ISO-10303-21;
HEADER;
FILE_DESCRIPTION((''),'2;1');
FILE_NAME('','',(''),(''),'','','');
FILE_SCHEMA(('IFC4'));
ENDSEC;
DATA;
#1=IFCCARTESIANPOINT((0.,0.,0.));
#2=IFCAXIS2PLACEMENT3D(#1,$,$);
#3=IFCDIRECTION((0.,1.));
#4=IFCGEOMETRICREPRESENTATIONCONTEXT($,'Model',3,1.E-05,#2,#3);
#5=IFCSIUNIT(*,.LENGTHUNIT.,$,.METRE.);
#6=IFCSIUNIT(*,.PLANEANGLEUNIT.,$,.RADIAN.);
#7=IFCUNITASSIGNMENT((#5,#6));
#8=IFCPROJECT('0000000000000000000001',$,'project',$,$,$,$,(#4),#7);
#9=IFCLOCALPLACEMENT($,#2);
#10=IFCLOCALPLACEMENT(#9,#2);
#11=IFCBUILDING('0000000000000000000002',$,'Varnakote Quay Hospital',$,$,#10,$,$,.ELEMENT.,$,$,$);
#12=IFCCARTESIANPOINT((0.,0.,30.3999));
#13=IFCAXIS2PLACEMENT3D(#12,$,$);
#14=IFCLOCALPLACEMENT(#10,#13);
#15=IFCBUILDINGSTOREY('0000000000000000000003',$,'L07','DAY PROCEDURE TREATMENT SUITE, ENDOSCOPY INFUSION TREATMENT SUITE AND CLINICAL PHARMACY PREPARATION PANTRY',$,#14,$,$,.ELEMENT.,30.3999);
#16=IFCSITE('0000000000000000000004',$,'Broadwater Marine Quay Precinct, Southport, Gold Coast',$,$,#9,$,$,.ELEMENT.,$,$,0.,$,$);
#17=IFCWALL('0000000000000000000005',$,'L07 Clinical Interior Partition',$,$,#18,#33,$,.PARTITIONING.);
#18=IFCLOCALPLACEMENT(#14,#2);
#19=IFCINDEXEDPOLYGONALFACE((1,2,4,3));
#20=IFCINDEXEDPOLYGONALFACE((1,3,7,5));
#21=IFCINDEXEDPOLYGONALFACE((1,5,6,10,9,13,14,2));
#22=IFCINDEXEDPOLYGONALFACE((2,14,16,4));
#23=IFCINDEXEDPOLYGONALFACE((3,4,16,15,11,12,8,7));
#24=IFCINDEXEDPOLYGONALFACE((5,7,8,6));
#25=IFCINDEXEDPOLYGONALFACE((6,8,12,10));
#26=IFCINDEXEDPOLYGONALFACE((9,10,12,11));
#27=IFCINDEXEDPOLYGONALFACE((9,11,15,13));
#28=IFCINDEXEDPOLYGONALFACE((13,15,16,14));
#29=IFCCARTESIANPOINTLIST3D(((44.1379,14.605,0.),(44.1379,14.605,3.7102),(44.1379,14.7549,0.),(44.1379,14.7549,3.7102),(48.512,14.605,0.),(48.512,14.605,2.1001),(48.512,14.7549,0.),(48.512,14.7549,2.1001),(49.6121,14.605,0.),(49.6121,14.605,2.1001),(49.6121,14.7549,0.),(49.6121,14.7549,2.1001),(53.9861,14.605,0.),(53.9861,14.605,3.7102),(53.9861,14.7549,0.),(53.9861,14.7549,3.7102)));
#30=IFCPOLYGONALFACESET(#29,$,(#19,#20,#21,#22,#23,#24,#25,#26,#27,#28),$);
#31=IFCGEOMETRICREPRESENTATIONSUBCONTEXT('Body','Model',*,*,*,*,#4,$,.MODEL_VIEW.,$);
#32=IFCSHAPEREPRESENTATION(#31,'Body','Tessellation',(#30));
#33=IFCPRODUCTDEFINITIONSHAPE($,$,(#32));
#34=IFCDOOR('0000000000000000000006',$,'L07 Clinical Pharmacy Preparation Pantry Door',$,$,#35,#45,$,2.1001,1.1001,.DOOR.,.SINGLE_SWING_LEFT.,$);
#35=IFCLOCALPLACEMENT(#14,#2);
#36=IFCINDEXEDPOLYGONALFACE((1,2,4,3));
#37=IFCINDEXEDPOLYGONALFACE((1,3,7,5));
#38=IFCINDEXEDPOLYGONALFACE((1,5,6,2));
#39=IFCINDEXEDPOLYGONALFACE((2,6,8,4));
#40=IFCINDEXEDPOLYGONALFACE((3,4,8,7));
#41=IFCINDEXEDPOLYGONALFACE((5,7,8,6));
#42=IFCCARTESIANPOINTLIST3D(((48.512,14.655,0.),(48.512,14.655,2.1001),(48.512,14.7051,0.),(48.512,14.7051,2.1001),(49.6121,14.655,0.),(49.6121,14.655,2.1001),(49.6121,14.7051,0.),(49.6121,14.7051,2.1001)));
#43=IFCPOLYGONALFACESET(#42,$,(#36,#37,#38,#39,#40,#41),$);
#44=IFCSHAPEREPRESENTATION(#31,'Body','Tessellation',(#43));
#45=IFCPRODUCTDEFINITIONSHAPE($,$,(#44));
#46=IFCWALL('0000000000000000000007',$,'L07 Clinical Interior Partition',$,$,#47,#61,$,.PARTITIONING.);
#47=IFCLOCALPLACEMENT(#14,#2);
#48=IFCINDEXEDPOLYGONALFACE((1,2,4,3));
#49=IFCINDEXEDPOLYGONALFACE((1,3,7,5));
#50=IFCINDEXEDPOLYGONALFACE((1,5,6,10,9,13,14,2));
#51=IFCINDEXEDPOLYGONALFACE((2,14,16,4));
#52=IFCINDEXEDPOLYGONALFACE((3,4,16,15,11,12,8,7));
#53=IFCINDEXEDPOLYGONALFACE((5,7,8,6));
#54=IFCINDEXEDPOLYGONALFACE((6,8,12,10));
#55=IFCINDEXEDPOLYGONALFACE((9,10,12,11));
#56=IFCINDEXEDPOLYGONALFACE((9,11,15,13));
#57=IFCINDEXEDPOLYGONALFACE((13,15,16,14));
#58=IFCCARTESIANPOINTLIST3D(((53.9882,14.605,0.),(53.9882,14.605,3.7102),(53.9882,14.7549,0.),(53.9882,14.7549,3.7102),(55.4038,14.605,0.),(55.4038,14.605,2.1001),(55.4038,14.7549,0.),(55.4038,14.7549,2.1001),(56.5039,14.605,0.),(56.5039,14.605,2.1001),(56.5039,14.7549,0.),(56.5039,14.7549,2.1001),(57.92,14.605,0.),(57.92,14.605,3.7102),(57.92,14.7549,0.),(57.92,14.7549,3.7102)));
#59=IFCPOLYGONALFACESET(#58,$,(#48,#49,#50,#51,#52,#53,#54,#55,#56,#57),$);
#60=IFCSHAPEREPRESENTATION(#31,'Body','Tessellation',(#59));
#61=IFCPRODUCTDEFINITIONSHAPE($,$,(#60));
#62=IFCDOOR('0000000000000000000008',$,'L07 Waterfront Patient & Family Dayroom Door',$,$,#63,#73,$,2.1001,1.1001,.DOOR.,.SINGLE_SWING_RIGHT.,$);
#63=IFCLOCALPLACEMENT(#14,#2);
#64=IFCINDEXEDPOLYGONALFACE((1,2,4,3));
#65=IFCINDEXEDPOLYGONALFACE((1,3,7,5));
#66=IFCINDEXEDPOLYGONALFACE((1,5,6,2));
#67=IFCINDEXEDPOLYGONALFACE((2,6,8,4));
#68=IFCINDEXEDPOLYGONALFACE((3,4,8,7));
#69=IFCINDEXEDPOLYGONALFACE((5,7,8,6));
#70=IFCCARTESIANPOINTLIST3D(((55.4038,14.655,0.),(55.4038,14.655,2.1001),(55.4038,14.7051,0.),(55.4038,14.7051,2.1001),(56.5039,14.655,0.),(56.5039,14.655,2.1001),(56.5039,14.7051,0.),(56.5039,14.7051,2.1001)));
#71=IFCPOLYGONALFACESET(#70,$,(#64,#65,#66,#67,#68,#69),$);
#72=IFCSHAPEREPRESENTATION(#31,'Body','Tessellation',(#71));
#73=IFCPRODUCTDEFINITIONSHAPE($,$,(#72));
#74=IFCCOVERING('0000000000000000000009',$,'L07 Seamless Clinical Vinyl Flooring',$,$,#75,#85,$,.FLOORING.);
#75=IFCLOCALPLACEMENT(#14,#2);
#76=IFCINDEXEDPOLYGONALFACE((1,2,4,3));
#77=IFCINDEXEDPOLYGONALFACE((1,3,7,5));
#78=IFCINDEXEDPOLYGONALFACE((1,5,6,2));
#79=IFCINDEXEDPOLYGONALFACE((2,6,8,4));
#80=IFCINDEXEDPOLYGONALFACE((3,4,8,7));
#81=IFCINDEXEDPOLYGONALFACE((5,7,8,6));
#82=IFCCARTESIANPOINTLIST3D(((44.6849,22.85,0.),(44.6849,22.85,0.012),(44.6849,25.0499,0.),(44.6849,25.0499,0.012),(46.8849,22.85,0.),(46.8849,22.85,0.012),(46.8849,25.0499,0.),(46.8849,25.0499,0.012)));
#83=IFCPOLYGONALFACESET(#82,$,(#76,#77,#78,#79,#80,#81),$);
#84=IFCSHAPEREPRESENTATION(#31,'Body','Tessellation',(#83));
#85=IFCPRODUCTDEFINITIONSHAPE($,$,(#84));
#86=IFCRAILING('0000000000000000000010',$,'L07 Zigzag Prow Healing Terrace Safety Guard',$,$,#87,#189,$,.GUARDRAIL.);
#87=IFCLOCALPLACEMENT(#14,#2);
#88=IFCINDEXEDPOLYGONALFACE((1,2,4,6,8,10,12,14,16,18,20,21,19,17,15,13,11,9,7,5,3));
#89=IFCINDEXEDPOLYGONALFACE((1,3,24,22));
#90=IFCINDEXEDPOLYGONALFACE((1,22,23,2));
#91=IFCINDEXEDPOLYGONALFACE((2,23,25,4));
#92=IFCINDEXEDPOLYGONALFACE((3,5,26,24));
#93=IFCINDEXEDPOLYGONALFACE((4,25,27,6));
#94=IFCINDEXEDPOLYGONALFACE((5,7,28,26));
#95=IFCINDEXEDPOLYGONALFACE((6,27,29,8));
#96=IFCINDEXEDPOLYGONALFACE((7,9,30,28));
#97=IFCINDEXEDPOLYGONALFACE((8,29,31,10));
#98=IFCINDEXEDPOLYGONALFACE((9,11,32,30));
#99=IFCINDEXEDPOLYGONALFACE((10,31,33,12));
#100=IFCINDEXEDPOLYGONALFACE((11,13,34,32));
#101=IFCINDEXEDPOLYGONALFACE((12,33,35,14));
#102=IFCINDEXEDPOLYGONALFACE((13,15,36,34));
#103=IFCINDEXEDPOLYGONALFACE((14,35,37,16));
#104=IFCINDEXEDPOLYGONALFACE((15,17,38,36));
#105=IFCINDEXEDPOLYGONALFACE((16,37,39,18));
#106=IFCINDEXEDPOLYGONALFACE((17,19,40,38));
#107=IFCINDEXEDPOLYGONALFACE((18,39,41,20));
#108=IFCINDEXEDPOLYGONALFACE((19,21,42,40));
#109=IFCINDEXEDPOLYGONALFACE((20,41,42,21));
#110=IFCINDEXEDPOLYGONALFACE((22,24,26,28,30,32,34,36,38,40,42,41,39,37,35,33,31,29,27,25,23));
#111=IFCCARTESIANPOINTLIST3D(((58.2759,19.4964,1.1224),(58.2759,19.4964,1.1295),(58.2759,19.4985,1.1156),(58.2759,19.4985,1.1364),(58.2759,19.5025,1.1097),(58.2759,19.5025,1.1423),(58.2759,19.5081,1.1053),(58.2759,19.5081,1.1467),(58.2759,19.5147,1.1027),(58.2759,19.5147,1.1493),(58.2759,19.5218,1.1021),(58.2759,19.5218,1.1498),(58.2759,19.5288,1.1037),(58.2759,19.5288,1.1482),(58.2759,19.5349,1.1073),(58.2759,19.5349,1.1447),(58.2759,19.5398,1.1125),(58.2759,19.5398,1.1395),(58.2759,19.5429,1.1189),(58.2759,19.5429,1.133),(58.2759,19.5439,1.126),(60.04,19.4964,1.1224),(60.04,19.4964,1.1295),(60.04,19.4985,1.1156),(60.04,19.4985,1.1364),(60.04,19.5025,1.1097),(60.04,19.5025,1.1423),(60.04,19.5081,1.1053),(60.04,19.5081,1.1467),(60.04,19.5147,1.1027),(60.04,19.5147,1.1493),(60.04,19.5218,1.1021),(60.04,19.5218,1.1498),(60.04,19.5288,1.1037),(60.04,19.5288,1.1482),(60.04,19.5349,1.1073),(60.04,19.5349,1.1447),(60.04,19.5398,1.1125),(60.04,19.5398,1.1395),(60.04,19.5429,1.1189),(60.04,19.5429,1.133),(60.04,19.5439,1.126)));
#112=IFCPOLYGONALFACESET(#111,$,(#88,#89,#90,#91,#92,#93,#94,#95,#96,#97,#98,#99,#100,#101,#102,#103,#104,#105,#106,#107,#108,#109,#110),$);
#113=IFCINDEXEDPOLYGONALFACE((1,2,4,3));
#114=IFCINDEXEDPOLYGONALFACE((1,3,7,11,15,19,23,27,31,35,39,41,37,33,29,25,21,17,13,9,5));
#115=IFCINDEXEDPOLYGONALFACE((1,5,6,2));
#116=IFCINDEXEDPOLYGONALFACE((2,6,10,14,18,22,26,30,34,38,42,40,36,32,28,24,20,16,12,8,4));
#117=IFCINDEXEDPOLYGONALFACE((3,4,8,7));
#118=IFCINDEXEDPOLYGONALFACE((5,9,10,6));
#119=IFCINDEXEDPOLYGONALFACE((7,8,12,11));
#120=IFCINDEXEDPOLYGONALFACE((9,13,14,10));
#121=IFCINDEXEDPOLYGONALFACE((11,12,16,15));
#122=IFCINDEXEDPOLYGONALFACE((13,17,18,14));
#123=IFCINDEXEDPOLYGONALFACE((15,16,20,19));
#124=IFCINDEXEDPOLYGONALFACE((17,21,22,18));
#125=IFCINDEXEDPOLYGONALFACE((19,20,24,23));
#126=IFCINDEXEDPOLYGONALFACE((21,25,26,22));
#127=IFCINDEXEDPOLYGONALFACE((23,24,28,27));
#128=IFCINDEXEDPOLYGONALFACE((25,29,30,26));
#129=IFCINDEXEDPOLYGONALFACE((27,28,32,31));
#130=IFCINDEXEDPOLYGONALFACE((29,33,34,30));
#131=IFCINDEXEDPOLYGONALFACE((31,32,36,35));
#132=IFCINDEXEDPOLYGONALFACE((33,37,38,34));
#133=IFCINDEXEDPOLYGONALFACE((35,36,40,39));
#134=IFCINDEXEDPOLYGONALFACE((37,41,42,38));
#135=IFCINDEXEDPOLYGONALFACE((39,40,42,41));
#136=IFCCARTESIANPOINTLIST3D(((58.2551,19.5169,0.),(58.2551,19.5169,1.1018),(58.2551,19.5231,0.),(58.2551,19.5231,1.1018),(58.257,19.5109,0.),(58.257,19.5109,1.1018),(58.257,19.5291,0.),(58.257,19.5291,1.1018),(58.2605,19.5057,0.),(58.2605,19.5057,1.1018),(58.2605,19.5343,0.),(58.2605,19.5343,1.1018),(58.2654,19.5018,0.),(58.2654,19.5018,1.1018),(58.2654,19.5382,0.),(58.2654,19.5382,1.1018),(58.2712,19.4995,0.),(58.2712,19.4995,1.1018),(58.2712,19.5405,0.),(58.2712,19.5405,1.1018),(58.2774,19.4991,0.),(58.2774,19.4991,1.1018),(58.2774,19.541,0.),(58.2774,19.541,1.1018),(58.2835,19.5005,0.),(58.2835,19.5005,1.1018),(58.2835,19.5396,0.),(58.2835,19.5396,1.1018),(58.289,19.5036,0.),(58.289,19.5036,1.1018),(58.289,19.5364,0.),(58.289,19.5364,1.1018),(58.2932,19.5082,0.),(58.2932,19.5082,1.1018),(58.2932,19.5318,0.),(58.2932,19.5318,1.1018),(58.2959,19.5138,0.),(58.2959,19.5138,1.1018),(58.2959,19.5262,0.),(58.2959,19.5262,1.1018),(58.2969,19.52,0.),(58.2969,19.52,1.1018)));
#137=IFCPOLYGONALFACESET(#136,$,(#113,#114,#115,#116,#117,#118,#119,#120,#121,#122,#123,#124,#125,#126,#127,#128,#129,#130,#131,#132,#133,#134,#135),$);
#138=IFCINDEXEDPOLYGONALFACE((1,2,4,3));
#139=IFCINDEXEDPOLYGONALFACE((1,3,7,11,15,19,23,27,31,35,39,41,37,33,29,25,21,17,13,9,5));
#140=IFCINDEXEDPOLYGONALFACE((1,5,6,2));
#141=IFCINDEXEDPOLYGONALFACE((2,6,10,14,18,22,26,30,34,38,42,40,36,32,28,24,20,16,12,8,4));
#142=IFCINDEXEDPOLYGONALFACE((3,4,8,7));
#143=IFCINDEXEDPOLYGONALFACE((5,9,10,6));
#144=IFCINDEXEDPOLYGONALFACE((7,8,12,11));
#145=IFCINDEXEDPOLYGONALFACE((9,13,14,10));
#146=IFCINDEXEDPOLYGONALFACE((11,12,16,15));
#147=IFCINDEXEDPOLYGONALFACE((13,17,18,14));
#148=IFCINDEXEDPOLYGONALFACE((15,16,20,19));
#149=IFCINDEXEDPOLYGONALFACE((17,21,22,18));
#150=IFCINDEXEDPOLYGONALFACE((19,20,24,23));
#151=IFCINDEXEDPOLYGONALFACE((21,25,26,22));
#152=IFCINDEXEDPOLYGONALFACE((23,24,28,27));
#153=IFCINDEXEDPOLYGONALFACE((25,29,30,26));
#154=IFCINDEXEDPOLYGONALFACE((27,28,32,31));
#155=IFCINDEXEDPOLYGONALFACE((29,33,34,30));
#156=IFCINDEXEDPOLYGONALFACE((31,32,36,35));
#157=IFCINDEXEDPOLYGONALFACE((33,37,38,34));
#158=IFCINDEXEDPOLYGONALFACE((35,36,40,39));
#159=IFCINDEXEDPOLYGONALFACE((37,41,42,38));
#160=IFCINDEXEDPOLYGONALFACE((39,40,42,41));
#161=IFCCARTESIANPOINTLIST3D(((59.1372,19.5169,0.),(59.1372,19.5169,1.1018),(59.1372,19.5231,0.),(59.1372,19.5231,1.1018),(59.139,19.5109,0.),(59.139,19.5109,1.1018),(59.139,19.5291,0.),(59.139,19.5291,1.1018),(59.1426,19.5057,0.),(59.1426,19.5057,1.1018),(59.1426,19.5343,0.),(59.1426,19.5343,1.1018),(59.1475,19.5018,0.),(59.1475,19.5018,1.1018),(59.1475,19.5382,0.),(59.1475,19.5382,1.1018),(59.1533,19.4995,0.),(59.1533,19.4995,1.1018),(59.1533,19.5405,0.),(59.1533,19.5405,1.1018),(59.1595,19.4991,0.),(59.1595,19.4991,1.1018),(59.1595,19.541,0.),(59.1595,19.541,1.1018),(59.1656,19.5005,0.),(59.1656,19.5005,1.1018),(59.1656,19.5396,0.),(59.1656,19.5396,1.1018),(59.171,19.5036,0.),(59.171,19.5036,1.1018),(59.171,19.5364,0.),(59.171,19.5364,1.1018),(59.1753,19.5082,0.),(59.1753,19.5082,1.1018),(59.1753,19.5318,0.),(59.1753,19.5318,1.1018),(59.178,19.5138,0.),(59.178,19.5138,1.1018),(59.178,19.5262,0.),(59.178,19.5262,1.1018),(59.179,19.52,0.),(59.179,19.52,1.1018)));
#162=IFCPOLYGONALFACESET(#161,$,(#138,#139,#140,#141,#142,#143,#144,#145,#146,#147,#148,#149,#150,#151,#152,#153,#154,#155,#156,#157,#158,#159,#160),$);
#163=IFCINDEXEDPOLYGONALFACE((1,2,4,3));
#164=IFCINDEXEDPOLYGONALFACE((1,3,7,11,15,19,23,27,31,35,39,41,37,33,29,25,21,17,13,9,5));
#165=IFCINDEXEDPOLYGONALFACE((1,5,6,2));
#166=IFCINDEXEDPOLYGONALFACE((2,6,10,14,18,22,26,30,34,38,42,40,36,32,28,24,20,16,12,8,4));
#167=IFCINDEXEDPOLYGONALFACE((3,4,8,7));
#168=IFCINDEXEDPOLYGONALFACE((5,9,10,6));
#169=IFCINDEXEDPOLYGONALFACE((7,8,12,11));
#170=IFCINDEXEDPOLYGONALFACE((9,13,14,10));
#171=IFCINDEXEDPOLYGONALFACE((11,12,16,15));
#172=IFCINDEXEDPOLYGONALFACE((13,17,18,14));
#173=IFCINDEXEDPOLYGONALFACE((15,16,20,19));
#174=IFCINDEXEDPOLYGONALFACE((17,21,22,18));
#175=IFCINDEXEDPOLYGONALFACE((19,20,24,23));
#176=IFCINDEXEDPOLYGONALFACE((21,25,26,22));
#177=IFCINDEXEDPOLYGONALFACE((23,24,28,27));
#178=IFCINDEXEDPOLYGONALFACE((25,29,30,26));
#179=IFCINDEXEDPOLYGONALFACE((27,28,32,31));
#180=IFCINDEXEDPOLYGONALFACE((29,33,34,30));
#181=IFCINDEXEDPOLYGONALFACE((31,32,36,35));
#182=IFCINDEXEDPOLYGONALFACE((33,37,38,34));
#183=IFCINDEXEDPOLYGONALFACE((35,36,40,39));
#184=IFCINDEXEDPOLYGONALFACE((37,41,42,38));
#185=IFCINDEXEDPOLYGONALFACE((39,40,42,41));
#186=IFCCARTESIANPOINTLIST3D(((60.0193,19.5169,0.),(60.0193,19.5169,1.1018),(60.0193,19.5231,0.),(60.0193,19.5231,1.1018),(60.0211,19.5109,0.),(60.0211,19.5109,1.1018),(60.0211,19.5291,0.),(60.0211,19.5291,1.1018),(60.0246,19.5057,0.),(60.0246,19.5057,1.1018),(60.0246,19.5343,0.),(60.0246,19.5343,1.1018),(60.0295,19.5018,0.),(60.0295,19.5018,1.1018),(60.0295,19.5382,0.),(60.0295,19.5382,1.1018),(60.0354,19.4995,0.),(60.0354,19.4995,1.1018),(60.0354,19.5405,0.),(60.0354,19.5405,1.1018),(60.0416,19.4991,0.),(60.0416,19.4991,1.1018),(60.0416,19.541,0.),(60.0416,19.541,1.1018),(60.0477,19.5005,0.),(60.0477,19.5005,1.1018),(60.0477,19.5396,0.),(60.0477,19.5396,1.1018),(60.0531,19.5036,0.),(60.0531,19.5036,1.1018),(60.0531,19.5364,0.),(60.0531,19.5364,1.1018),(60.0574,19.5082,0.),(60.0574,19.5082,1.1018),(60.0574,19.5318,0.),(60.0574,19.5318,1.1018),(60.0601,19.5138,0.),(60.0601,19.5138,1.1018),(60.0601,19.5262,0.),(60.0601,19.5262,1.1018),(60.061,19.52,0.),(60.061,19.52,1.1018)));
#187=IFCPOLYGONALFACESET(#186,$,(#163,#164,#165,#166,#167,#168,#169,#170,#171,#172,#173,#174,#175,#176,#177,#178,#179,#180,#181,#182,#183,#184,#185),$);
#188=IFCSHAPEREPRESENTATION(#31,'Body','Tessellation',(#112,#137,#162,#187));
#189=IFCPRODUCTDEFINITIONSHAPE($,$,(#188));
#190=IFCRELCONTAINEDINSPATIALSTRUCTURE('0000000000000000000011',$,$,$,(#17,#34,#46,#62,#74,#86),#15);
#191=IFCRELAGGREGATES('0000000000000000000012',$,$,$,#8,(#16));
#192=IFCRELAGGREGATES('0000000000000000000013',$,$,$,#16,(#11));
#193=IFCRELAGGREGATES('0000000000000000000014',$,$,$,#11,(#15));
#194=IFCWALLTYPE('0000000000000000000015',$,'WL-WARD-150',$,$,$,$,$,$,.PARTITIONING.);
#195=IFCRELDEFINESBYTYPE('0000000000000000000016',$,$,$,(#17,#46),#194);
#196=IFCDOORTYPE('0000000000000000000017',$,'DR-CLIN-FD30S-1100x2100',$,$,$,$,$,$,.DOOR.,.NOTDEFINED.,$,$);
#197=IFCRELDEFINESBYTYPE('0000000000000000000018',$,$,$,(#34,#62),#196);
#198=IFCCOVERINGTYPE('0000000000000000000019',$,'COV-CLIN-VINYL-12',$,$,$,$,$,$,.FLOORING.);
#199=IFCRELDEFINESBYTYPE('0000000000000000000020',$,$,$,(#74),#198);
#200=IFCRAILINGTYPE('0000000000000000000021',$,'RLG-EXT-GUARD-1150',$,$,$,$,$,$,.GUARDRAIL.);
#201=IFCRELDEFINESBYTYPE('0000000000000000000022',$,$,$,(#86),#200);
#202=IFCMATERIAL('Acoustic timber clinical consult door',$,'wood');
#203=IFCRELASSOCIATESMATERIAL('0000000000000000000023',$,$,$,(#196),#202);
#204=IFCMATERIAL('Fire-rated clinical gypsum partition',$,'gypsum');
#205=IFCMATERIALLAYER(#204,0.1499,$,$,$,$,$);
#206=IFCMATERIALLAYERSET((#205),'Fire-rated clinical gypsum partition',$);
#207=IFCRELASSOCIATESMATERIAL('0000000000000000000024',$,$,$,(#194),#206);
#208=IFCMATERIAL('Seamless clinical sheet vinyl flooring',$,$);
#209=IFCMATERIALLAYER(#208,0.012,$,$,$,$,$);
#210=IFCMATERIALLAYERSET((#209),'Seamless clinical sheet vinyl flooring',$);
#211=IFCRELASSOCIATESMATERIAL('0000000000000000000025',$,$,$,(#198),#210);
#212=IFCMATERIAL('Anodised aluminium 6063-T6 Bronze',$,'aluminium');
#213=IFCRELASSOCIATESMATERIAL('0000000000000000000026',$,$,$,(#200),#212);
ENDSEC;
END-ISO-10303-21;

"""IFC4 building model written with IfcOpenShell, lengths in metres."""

from ifc_helpers import new_model, si_unit, direction, frame, frame_2d, origin, origin_2d, place, context, subcontext, project, spatial, rectangle, circle, extrude, material, layer, layer_set, type_object, element, fill, save


model = new_model("IFC4")

# Units and contexts
model_context = context("Model", 3, precision=1e-05, world=origin(), true_north=direction((0.0, 1.0)))
body_context = subcontext(model_context, "Body", "Model", "MODEL_VIEW")
ifc_project = project(units=[si_unit("LENGTHUNIT", "METRE"), si_unit("PLANEANGLEUNIT", "RADIAN")], contexts=[model_context])

# Site, building, storey
site_placement = place(None, origin())
site = spatial("IfcSite", under=ifc_project, at=site_placement, Name="Broadwater Marine Quay Precinct, Southport, Gold Coast", CompositionType="ELEMENT", RefElevation=0.0)
building_placement = place(site_placement, origin())
building = spatial("IfcBuilding", under=site, at=building_placement, Name="Varnakote Quay Hospital", CompositionType="ELEMENT")
storey_placement = place(building_placement, frame((0.0, 0.0, 30.3999)))
storey = spatial("IfcBuildingStorey", under=building, at=storey_placement, Name="L07", Description="DAY PROCEDURE TREATMENT SUITE, ENDOSCOPY INFUSION TREATMENT SUITE AND CLINICAL PHARMACY PREPARATION PANTRY", CompositionType="ELEMENT", Elevation=30.3999)

# Shared definitions
ifc_material_1 = material(Name="Acoustic timber clinical consult door", Category="wood")
door_type_1 = type_object("IfcDoorType", Name="DR-CLIN-FD30S-1100x2100", OperationType="NOTDEFINED", PredefinedType="DOOR", material=ifc_material_1)

# Walls, openings, doors
ifc_material_2 = material(Name="Fire-rated clinical gypsum partition", Category="gypsum")
ifc_layer_1 = layer(ifc_material_2, 0.1499)
ifc_layer_set_1 = layer_set([ifc_layer_1], Name="Fire-rated clinical gypsum partition")
wall_type_1 = type_object("IfcWallType", Name="WL-WARD-150", PredefinedType="PARTITIONING", material=ifc_layer_set_1)
wall_1_placement = place(storey_placement, frame((53.9861, 14.6799, 0.0), z_axis=(0.0, 0.0, 1.0), x_axis=(-1.0, 0.0, 0.0)))
wall_1 = element("IfcWall", 1, at=wall_1_placement, inside=storey, type_object=wall_type_1, Name="L07 Clinical Interior Partition", PredefinedType="PARTITIONING", context=body_context, shape_type="SweptSolid", body=[
    extrude(rectangle(XDim=9.8481, YDim=0.1499, at=frame_2d((4.9241, 0.0))), origin(), (0.0, 0.0, 1.0), 3.7102),
])
opening_1_placement = place(wall_1_placement, frame((4.374, 0.0, 0.0)))
opening_1 = element("IfcOpeningElement", 2, at=opening_1_placement, cuts=wall_1, PredefinedType="OPENING", context=body_context, shape_type="SweptSolid", body=[
    extrude(rectangle(XDim=1.1001, YDim=2.1001, at=frame_2d((0.55, 1.05))), frame((0.0, 0.085, 0.0), z_axis=(0.0, -1.0, 0.0), x_axis=(1.0, 0.0, 0.0)), (0.0, 0.0, 1.0), 0.1699),
])
door_1_placement = place(opening_1_placement, origin())
door_1 = element("IfcDoor", 3, at=door_1_placement, inside=storey, type_object=door_type_1, Name="L07 Clinical Pharmacy Preparation Pantry Door", OperationType="SINGLE_SWING_LEFT", OverallHeight=2.1001, OverallWidth=1.1001, PredefinedType="DOOR", context=body_context, shape_type="SweptSolid", body=[
    extrude(rectangle(XDim=1.1001, YDim=2.1001, at=frame_2d((0.55, 1.05))), frame((0.0, 0.0249, 0.0), z_axis=(0.0, -1.0, 0.0), x_axis=(1.0, 0.0, 0.0)), (0.0, 0.0, 1.0), 0.05),
])
fill(opening_1, door_1)
wall_2_placement = place(storey_placement, frame((57.9199, 14.6799, 0.0), z_axis=(0.0, 0.0, 1.0), x_axis=(-1.0, 0.0, 0.0)))
wall_2 = element("IfcWall", 4, at=wall_2_placement, inside=storey, type_object=wall_type_1, Name="L07 Clinical Interior Partition", PredefinedType="PARTITIONING", context=body_context, shape_type="SweptSolid", body=[
    extrude(rectangle(XDim=3.9319, YDim=0.1499, at=frame_2d((1.9658, 0.0))), origin(), (0.0, 0.0, 1.0), 3.7102),
])
opening_2_placement = place(wall_2_placement, frame((1.416, 0.0, 0.0)))
opening_2 = element("IfcOpeningElement", 5, at=opening_2_placement, cuts=wall_2, PredefinedType="OPENING", context=body_context, shape_type="SweptSolid", body=[
    extrude(rectangle(XDim=1.1001, YDim=2.1001, at=frame_2d((0.55, 1.05))), frame((0.0, 0.085, 0.0), z_axis=(0.0, -1.0, 0.0), x_axis=(1.0, 0.0, 0.0)), (0.0, 0.0, 1.0), 0.1699),
])
door_2_placement = place(opening_2_placement, origin())
door_2 = element("IfcDoor", 6, at=door_2_placement, inside=storey, type_object=door_type_1, Name="L07 Waterfront Patient & Family Dayroom Door", OperationType="SINGLE_SWING_RIGHT", OverallHeight=2.1001, OverallWidth=1.1001, PredefinedType="DOOR", context=body_context, shape_type="SweptSolid", body=[
    extrude(rectangle(XDim=1.1001, YDim=2.1001, at=frame_2d((0.55, 1.05))), frame((0.0, 0.0249, 0.0), z_axis=(0.0, -1.0, 0.0), x_axis=(1.0, 0.0, 0.0)), (0.0, 0.0, 1.0), 0.05),
])
fill(opening_2, door_2)

# Covering
ifc_material_3 = material(Name="Seamless clinical sheet vinyl flooring")
ifc_layer_2 = layer(ifc_material_3, 0.012)
ifc_layer_set_2 = layer_set([ifc_layer_2], Name="Seamless clinical sheet vinyl flooring")
covering_type = type_object("IfcCoveringType", Name="COV-CLIN-VINYL-12", PredefinedType="FLOORING", material=ifc_layer_set_2)
covering_placement = place(storey_placement, frame((45.7849, 23.95, 0.0), z_axis=(0.0, 0.0, 1.0), x_axis=(1.0, 0.0, 0.0)))
element("IfcCovering", 7, at=covering_placement, inside=storey, type_object=covering_type, Name="L07 Seamless Clinical Vinyl Flooring", PredefinedType="FLOORING", context=body_context, shape_type="SweptSolid", body=[
    extrude(rectangle(XDim=2.2, YDim=2.2, at=origin_2d()), origin(), (0.0, 0.0, 1.0), 0.012),
])

# Railing
ifc_material_4 = material(Name="Anodised aluminium 6063-T6 Bronze", Category="aluminium")
railing_type = type_object("IfcRailingType", Name="RLG-EXT-GUARD-1150", PredefinedType="GUARDRAIL", material=ifc_material_4)
railing_1_placement = place(storey_placement, frame((58.2759, 19.52, 0.0)))
element("IfcRailing", 8, at=railing_1_placement, inside=storey, type_object=railing_type, Name="L07 Zigzag Prow Healing Terrace Safety Guard", PredefinedType="GUARDRAIL", context=body_context, shape_type="SweptSolid", body=[
    extrude(circle(Radius=0.0239, at=origin_2d()), frame((0.0, 0.0, 1.126), z_axis=(1.0, 0.0, 0.0), x_axis=(0.0, 1.0, 0.0)), (0.0, 0.0, 1.0), 1.7642),
    extrude(circle(Radius=0.021, at=origin_2d()), origin(), (0.0, 0.0, 1.0), 1.1018),
    extrude(circle(Radius=0.021, at=origin_2d()), frame((0.8821, 0.0, 0.0)), (0.0, 0.0, 1.0), 1.1018),
    extrude(circle(Radius=0.021, at=origin_2d()), frame((1.7642, 0.0, 0.0)), (0.0, 0.0, 1.0), 1.1018),
])

save(model, "model.ifc")
